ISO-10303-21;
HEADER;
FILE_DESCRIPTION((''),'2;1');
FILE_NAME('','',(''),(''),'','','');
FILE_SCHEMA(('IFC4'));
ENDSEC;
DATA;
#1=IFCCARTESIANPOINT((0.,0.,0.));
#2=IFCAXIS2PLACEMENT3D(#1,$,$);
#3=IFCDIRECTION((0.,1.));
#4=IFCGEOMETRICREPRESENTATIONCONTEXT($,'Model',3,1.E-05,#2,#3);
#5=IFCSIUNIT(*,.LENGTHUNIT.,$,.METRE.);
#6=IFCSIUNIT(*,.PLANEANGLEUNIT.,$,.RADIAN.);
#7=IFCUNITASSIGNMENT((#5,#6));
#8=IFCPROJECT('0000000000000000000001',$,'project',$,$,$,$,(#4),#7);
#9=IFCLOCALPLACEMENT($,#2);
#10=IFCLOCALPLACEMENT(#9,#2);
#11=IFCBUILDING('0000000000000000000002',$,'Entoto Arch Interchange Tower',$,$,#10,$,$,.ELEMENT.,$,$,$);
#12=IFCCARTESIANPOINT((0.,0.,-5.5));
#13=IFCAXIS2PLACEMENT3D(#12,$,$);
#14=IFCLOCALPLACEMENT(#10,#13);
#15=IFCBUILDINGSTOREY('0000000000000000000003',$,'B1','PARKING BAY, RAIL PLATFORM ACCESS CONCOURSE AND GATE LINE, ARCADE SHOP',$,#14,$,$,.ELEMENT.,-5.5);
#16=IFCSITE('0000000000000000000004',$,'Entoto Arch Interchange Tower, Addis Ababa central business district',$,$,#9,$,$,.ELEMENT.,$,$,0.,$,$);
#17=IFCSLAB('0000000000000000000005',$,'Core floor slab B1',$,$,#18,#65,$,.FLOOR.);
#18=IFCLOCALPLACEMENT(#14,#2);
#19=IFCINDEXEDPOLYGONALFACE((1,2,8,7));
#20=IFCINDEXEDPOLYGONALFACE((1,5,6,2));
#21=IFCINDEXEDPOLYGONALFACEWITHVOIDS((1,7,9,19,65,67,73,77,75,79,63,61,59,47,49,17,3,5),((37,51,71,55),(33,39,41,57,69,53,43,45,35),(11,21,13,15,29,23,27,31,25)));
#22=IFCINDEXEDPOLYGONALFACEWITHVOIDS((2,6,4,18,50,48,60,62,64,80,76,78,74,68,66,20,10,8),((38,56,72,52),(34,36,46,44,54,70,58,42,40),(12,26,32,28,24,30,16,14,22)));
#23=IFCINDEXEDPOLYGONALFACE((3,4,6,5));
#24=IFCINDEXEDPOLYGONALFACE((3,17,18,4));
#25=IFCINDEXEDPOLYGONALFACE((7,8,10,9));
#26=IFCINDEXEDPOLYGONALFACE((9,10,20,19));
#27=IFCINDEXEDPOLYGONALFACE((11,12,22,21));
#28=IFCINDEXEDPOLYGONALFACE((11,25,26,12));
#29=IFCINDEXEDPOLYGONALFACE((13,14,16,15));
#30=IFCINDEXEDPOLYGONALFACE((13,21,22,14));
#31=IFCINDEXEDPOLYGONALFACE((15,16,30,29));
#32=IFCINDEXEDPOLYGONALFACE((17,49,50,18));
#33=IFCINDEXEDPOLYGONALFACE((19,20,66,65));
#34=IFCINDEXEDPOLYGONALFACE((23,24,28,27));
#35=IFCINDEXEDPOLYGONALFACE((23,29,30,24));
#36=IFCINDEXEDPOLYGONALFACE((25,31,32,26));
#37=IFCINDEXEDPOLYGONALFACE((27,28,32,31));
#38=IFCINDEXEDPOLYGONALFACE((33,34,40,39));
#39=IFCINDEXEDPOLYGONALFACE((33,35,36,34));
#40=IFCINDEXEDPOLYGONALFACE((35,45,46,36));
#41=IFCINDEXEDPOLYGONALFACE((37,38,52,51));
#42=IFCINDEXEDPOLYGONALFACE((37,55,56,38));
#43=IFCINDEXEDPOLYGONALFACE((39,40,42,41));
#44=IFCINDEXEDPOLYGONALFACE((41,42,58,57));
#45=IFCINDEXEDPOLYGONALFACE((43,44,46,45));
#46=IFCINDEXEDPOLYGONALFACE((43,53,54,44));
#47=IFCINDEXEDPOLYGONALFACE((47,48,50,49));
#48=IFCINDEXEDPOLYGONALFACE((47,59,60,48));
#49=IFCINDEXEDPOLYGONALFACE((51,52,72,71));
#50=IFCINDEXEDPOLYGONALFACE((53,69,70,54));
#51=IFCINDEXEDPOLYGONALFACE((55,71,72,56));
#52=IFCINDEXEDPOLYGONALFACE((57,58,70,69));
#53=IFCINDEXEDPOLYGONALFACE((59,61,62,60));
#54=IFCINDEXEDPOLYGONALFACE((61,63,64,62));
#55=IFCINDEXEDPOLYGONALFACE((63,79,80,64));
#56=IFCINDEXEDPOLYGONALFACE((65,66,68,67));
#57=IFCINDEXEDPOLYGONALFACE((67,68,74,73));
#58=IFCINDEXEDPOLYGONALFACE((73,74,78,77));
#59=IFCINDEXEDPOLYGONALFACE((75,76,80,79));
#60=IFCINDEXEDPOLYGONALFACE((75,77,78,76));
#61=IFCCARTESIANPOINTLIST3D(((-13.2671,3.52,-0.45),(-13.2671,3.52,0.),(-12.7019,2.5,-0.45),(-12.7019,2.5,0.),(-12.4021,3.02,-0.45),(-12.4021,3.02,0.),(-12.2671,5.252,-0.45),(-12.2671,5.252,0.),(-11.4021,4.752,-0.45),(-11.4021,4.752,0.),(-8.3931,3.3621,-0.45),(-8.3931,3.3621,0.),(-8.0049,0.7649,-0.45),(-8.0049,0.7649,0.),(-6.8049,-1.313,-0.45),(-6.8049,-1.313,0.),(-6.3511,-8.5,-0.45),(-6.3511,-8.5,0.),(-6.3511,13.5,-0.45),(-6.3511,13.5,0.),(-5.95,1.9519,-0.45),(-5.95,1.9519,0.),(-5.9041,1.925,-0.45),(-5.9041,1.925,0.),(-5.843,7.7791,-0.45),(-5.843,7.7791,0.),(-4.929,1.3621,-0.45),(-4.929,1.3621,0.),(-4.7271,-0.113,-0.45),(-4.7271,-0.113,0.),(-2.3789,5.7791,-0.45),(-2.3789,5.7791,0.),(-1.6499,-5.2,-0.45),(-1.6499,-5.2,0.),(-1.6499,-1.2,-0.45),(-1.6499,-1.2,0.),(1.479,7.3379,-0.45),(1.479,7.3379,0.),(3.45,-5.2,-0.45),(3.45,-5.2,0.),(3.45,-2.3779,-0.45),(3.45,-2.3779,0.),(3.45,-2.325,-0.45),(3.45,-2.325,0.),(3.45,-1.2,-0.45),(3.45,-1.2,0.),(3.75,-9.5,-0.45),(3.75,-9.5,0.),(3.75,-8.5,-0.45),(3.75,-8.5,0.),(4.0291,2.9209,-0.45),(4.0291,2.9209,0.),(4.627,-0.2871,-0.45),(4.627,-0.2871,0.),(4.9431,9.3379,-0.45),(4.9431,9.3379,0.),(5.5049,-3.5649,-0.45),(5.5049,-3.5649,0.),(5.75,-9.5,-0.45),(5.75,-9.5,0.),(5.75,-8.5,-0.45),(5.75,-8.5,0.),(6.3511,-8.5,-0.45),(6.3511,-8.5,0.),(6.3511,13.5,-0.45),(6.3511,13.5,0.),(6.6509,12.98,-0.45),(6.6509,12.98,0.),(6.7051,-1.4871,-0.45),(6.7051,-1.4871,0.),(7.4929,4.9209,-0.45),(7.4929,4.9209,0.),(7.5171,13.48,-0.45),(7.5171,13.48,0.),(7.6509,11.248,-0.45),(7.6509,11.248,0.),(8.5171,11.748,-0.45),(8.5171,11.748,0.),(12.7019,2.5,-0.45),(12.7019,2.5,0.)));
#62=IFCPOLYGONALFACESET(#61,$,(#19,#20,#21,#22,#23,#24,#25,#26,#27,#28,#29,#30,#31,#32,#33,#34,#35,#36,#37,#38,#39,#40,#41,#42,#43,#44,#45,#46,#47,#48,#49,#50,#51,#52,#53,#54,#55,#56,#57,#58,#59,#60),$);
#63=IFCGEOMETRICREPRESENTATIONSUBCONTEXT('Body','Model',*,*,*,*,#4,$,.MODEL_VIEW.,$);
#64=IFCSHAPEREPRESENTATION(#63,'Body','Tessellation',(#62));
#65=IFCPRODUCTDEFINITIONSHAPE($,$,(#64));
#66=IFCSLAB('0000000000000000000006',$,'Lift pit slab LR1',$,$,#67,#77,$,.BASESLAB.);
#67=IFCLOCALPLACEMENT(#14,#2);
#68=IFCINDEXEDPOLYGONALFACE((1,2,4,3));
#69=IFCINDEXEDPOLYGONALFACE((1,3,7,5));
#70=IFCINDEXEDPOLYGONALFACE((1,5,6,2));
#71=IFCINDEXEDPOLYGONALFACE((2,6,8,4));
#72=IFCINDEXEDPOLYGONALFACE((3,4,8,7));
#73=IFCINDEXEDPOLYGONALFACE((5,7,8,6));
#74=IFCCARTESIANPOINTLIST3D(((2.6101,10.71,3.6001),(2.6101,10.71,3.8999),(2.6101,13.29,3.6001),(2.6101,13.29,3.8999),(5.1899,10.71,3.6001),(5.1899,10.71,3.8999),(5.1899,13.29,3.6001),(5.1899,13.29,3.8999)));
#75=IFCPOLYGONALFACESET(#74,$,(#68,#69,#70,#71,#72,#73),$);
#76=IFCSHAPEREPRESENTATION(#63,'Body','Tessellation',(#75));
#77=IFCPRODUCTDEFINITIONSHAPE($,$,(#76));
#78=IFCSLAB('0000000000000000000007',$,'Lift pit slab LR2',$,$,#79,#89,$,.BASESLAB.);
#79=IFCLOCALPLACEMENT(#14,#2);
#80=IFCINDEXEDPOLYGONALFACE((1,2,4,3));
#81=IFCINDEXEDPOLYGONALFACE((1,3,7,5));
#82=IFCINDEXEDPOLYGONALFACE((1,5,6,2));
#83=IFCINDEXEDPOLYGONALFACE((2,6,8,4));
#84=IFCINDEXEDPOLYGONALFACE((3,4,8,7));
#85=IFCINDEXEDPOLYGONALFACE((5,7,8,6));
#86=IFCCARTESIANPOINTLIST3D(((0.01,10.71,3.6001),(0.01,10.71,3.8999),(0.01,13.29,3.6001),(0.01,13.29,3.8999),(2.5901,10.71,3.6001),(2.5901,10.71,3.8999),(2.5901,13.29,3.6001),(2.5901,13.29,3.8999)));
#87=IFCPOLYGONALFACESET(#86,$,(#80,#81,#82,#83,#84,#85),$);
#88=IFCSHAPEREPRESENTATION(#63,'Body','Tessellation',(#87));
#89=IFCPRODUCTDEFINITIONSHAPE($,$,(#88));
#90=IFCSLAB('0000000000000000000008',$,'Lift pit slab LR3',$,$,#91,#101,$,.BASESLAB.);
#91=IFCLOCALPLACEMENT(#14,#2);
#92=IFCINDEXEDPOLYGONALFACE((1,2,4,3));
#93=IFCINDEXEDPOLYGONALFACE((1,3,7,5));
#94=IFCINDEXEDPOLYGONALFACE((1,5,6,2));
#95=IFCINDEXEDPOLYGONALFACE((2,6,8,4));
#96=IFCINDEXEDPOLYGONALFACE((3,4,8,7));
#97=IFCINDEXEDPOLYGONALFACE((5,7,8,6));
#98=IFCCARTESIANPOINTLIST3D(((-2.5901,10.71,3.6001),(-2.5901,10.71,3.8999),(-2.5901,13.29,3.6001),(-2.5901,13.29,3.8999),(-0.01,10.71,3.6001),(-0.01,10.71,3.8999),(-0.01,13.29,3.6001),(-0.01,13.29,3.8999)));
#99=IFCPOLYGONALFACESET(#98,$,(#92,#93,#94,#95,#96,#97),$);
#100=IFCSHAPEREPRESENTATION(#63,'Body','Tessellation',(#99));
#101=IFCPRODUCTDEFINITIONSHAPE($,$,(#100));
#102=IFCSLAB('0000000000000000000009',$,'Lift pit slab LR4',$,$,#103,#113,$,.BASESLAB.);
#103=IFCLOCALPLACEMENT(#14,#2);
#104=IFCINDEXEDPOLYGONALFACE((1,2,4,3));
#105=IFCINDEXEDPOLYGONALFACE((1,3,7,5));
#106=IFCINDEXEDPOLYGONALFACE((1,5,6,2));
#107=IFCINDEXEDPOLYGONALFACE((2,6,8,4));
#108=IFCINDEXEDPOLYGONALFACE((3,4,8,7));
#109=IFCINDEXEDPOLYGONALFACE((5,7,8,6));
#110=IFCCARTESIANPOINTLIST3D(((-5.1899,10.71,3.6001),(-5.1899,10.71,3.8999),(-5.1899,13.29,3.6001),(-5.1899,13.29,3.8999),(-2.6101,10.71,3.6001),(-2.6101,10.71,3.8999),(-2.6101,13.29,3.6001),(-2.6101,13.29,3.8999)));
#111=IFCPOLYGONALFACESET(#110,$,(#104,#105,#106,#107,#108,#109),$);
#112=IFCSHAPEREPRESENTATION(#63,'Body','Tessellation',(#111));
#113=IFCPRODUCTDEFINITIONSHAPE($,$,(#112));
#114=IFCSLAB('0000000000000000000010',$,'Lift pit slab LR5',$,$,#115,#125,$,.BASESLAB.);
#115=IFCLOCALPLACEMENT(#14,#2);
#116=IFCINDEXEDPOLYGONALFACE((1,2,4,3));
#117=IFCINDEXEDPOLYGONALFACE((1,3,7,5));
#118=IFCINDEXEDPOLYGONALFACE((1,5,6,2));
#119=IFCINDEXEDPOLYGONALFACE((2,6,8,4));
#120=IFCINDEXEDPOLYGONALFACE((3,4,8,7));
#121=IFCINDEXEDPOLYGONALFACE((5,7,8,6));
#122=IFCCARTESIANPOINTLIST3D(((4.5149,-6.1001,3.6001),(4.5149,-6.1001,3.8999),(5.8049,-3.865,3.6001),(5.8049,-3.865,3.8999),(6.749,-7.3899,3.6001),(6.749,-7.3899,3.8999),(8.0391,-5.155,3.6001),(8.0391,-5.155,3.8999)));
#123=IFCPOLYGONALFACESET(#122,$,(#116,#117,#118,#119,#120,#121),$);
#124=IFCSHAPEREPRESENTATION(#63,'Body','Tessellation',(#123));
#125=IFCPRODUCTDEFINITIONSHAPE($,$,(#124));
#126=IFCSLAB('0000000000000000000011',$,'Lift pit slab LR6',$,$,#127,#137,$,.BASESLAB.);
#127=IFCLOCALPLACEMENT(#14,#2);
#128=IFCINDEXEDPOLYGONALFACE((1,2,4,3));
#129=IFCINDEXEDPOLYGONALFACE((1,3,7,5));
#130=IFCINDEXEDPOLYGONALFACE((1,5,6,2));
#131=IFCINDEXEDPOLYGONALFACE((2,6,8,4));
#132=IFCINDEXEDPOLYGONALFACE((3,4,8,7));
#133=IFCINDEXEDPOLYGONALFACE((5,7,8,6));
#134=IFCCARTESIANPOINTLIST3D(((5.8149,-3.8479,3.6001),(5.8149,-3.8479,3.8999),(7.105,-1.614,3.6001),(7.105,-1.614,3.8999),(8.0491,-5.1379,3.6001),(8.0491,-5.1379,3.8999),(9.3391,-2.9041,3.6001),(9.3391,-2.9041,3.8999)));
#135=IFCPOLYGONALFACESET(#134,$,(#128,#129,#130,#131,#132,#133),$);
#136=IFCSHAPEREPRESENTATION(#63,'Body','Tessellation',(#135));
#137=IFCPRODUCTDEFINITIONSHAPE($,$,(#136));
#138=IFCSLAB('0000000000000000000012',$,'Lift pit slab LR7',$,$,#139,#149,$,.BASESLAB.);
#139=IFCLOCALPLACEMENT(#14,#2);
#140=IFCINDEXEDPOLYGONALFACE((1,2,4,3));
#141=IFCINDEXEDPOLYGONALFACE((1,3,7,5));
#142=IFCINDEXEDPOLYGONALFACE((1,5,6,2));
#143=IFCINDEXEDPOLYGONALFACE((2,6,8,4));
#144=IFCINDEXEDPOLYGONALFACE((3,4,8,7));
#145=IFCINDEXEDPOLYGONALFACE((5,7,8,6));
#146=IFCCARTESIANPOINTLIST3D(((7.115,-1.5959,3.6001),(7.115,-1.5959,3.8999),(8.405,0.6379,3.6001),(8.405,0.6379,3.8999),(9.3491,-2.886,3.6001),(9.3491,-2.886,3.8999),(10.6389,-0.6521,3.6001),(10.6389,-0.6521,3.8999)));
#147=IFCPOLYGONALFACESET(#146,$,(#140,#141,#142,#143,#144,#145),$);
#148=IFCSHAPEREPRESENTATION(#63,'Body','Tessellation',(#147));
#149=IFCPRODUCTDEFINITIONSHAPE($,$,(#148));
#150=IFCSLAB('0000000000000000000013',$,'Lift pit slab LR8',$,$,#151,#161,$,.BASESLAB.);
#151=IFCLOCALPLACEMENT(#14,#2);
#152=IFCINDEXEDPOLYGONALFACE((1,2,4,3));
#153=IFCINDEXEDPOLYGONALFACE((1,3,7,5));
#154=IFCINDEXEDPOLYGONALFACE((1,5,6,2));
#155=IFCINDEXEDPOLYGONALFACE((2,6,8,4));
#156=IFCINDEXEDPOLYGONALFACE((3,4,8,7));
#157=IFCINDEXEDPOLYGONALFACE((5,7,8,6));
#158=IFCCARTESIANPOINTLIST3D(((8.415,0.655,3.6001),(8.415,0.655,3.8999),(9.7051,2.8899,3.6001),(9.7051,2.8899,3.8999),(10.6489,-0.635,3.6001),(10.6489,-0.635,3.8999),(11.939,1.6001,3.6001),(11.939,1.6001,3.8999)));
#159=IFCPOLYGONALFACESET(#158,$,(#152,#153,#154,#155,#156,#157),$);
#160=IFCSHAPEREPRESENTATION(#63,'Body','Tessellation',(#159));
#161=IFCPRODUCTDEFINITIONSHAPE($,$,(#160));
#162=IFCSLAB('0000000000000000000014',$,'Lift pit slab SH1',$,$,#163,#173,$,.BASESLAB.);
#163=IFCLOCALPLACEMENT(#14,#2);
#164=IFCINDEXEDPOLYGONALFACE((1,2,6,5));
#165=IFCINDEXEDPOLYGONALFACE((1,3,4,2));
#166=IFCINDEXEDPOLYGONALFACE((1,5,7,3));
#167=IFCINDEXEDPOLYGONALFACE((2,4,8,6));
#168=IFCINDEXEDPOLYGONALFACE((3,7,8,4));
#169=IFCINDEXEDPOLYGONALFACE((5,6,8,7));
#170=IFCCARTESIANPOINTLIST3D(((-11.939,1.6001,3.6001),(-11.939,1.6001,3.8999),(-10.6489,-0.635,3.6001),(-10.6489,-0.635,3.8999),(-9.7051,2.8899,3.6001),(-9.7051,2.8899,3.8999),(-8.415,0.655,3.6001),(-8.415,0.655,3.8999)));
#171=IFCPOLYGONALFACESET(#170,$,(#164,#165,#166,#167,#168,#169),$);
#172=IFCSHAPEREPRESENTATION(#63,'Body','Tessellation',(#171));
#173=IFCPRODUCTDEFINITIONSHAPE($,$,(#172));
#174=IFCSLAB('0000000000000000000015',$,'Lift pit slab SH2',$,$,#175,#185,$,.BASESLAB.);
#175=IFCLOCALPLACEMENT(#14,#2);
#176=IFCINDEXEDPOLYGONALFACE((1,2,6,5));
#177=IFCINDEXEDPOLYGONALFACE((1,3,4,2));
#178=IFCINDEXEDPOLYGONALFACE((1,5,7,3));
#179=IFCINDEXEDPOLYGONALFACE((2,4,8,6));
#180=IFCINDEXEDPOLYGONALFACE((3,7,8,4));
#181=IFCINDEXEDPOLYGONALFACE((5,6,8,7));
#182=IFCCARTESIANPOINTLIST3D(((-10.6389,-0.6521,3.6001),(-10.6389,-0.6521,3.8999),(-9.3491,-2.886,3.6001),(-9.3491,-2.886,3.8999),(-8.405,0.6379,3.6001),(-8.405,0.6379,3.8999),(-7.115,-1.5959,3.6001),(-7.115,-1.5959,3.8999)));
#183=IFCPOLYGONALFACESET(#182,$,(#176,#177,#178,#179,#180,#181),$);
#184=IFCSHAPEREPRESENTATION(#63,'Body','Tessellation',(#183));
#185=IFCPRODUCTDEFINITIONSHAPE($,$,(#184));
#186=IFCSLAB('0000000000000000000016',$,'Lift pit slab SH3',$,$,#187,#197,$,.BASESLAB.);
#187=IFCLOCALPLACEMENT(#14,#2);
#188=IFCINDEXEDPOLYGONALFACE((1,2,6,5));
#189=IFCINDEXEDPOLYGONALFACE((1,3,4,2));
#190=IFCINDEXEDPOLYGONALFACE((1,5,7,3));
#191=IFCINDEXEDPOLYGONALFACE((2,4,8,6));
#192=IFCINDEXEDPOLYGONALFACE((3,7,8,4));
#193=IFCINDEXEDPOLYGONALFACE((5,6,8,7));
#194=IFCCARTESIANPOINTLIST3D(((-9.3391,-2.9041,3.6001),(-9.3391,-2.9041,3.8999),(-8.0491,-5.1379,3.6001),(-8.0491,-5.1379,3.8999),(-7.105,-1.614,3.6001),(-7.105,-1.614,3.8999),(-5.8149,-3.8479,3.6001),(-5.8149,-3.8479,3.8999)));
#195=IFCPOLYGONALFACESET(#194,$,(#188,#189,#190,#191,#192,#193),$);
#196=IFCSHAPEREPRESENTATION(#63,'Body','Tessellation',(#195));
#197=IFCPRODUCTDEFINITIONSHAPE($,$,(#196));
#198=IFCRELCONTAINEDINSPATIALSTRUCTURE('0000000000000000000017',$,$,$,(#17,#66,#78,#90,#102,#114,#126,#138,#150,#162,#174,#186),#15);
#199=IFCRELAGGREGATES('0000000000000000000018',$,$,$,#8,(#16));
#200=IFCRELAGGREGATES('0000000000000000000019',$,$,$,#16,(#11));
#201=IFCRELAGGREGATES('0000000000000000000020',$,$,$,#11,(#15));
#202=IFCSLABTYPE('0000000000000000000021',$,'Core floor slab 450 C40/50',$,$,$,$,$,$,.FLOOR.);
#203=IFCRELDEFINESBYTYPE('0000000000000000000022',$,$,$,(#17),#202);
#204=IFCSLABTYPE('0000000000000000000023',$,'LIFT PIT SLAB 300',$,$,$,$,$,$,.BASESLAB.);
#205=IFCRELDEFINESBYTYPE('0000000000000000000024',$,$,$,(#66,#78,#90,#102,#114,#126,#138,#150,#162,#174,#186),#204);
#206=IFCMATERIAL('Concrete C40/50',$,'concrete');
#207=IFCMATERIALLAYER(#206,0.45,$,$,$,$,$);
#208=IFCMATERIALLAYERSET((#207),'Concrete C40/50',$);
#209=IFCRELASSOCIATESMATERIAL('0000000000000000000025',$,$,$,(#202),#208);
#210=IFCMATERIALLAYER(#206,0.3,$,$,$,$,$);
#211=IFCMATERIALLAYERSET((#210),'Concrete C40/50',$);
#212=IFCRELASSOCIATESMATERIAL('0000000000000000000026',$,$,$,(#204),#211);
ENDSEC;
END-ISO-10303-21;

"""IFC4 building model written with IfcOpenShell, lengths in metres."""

from ifc_helpers import new_model, si_unit, direction, frame, origin, place, context, subcontext, project, spatial, polyline, outline, extrude, material, layer, layer_set, type_object, element, save


model = new_model("IFC4")

# Units and contexts
model_context = context("Model", 3, precision=1e-05, world=origin(), true_north=direction((0.0, 1.0)))
body_context = subcontext(model_context, "Body", "Model", "MODEL_VIEW")
ifc_project = project(units=[si_unit("LENGTHUNIT", "METRE"), si_unit("PLANEANGLEUNIT", "RADIAN")], contexts=[model_context])

# Site, building, storey
site_placement = place(None, origin())
site = spatial("IfcSite", under=ifc_project, at=site_placement, Name="Entoto Arch Interchange Tower, Addis Ababa central business district", CompositionType="ELEMENT", RefElevation=0.0)
building_placement = place(site_placement, origin())
building = spatial("IfcBuilding", under=site, at=building_placement, Name="Entoto Arch Interchange Tower", CompositionType="ELEMENT")
storey_placement = place(building_placement, frame((0.0, 0.0, -5.5)))
storey = spatial("IfcBuildingStorey", under=building, at=storey_placement, Name="B1", Description="PARKING BAY, RAIL PLATFORM ACCESS CONCOURSE AND GATE LINE, ARCADE SHOP", CompositionType="ELEMENT", Elevation=-5.5)

# Slabs
ifc_material_1 = material(Name="Concrete C40/50", Category="concrete")
ifc_layer_1 = layer(ifc_material_1, 0.45)
ifc_layer_set_1 = layer_set([ifc_layer_1], Name="Concrete C40/50")
slab_type_1 = type_object("IfcSlabType", Name="Core floor slab 450 C40/50", PredefinedType="FLOOR", material=ifc_layer_set_1)
slab_1_placement = place(storey_placement, frame((0.0, 0.0, -0.45)))
element("IfcSlab", 1, at=slab_1_placement, inside=storey, type_object=slab_type_1, Name="Core floor slab B1", PredefinedType="FLOOR", context=body_context, shape_type="SweptSolid", body=[
    extrude(outline(polyline([(5.75, -9.5), (3.75, -9.5), (3.75, -8.5), (-6.3511, -8.5), (-12.7019, 2.5), (-12.4021, 3.02), (-13.2671, 3.52), (-12.2671, 5.252), (-11.4021, 4.752), (-6.3511, 13.5), (6.3511, 13.5), (6.6509, 12.98), (7.5171, 13.48), (8.5171, 11.748), (7.6509, 11.248), (12.7019, 2.5), (6.3511, -8.5), (5.75, -8.5), (5.75, -9.5)]), holes=[polyline([(5.5049, -3.5649), (6.7051, -1.4871), (4.627, -0.2871), (3.45, -2.325), (3.45, -1.2), (-1.6499, -1.2), (-1.6499, -5.2), (3.45, -5.2), (3.45, -2.3779), (5.5049, -3.5649)]), polyline([(-4.929, 1.3621), (-2.3789, 5.7791), (-5.843, 7.7791), (-8.3931, 3.3621), (-5.95, 1.9519), (-8.0049, 0.7649), (-6.8049, -1.313), (-4.7271, -0.113), (-5.9041, 1.925), (-4.929, 1.3621)]), polyline([(7.4929, 4.9209), (4.9431, 9.3379), (1.479, 7.3379), (4.0291, 2.9209), (7.4929, 4.9209)])]), origin(), (0.0, 0.0, 1.0), 0.45),
])
ifc_layer_2 = layer(ifc_material_1, 0.3)
ifc_layer_set_2 = layer_set([ifc_layer_2], Name="Concrete C40/50")
slab_type_2 = type_object("IfcSlabType", Name="LIFT PIT SLAB 300", PredefinedType="BASESLAB", material=ifc_layer_set_2)
slab_2_placement = place(storey_placement, frame((0.0, 0.0, 3.6001)))
element("IfcSlab", 2, at=slab_2_placement, inside=storey, type_object=slab_type_2, Name="Lift pit slab LR1", PredefinedType="BASESLAB", context=body_context, shape_type="SweptSolid", body=[
    extrude(outline(polyline([(5.1899, 10.71), (2.6101, 10.71), (2.6101, 13.29), (5.1899, 13.29), (5.1899, 10.71)])), origin(), (0.0, 0.0, 1.0), 0.2998),
])
slab_3_placement = place(storey_placement, frame((0.0, 0.0, 3.6001)))
element("IfcSlab", 3, at=slab_3_placement, inside=storey, type_object=slab_type_2, Name="Lift pit slab LR2", PredefinedType="BASESLAB", context=body_context, shape_type="SweptSolid", body=[
    extrude(outline(polyline([(2.5901, 10.71), (0.01, 10.71), (0.01, 13.29), (2.5901, 13.29), (2.5901, 10.71)])), origin(), (0.0, 0.0, 1.0), 0.2998),
])
slab_4_placement = place(storey_placement, frame((0.0, 0.0, 3.6001)))
element("IfcSlab", 4, at=slab_4_placement, inside=storey, type_object=slab_type_2, Name="Lift pit slab LR3", PredefinedType="BASESLAB", context=body_context, shape_type="SweptSolid", body=[
    extrude(outline(polyline([(-0.01, 10.71), (-2.5901, 10.71), (-2.5901, 13.29), (-0.01, 13.29), (-0.01, 10.71)])), origin(), (0.0, 0.0, 1.0), 0.2998),
])
slab_5_placement = place(storey_placement, frame((0.0, 0.0, 3.6001)))
element("IfcSlab", 5, at=slab_5_placement, inside=storey, type_object=slab_type_2, Name="Lift pit slab LR4", PredefinedType="BASESLAB", context=body_context, shape_type="SweptSolid", body=[
    extrude(outline(polyline([(-2.6101, 10.71), (-5.1899, 10.71), (-5.1899, 13.29), (-2.6101, 13.29), (-2.6101, 10.71)])), origin(), (0.0, 0.0, 1.0), 0.2998),
])
slab_6_placement = place(storey_placement, frame((0.0, 0.0, 3.6001)))
element("IfcSlab", 6, at=slab_6_placement, inside=storey, type_object=slab_type_2, Name="Lift pit slab LR5", PredefinedType="BASESLAB", context=body_context, shape_type="SweptSolid", body=[
    extrude(outline(polyline([(4.5149, -6.1001), (5.8049, -3.865), (8.0391, -5.155), (6.749, -7.3899), (4.5149, -6.1001)])), origin(), (0.0, 0.0, 1.0), 0.2998),
])
slab_7_placement = place(storey_placement, frame((0.0, 0.0, 3.6001)))
element("IfcSlab", 7, at=slab_7_placement, inside=storey, type_object=slab_type_2, Name="Lift pit slab LR6", PredefinedType="BASESLAB", context=body_context, shape_type="SweptSolid", body=[
    extrude(outline(polyline([(5.8149, -3.8479), (7.105, -1.614), (9.3391, -2.9041), (8.0491, -5.1379), (5.8149, -3.8479)])), origin(), (0.0, 0.0, 1.0), 0.2998),
])
slab_8_placement = place(storey_placement, frame((0.0, 0.0, 3.6001)))
element("IfcSlab", 8, at=slab_8_placement, inside=storey, type_object=slab_type_2, Name="Lift pit slab LR7", PredefinedType="BASESLAB", context=body_context, shape_type="SweptSolid", body=[
    extrude(outline(polyline([(7.115, -1.5959), (8.405, 0.6379), (10.6389, -0.6521), (9.3491, -2.886), (7.115, -1.5959)])), origin(), (0.0, 0.0, 1.0), 0.2998),
])
slab_9_placement = place(storey_placement, frame((0.0, 0.0, 3.6001)))
element("IfcSlab", 9, at=slab_9_placement, inside=storey, type_object=slab_type_2, Name="Lift pit slab LR8", PredefinedType="BASESLAB", context=body_context, shape_type="SweptSolid", body=[
    extrude(outline(polyline([(8.415, 0.655), (9.7051, 2.8899), (11.939, 1.6001), (10.6489, -0.635), (8.415, 0.655)])), origin(), (0.0, 0.0, 1.0), 0.2998),
])
slab_10_placement = place(storey_placement, frame((0.0, 0.0, 3.6001)))
element("IfcSlab", 10, at=slab_10_placement, inside=storey, type_object=slab_type_2, Name="Lift pit slab SH1", PredefinedType="BASESLAB", context=body_context, shape_type="SweptSolid", body=[
    extrude(outline(polyline([(-9.7051, 2.8899), (-8.415, 0.655), (-10.6489, -0.635), (-11.939, 1.6001), (-9.7051, 2.8899)])), origin(), (0.0, 0.0, 1.0), 0.2998),
])
slab_11_placement = place(storey_placement, frame((0.0, 0.0, 3.6001)))
element("IfcSlab", 11, at=slab_11_placement, inside=storey, type_object=slab_type_2, Name="Lift pit slab SH2", PredefinedType="BASESLAB", context=body_context, shape_type="SweptSolid", body=[
    extrude(outline(polyline([(-8.405, 0.6379), (-7.115, -1.5959), (-9.3491, -2.886), (-10.6389, -0.6521), (-8.405, 0.6379)])), origin(), (0.0, 0.0, 1.0), 0.2998),
])
slab_12_placement = place(storey_placement, frame((0.0, 0.0, 3.6001)))
element("IfcSlab", 12, at=slab_12_placement, inside=storey, type_object=slab_type_2, Name="Lift pit slab SH3", PredefinedType="BASESLAB", context=body_context, shape_type="SweptSolid", body=[
    extrude(outline(polyline([(-7.105, -1.614), (-5.8149, -3.8479), (-8.0491, -5.1379), (-9.3391, -2.9041), (-7.105, -1.614)])), origin(), (0.0, 0.0, 1.0), 0.2998),
])

save(model, "model.ifc")
